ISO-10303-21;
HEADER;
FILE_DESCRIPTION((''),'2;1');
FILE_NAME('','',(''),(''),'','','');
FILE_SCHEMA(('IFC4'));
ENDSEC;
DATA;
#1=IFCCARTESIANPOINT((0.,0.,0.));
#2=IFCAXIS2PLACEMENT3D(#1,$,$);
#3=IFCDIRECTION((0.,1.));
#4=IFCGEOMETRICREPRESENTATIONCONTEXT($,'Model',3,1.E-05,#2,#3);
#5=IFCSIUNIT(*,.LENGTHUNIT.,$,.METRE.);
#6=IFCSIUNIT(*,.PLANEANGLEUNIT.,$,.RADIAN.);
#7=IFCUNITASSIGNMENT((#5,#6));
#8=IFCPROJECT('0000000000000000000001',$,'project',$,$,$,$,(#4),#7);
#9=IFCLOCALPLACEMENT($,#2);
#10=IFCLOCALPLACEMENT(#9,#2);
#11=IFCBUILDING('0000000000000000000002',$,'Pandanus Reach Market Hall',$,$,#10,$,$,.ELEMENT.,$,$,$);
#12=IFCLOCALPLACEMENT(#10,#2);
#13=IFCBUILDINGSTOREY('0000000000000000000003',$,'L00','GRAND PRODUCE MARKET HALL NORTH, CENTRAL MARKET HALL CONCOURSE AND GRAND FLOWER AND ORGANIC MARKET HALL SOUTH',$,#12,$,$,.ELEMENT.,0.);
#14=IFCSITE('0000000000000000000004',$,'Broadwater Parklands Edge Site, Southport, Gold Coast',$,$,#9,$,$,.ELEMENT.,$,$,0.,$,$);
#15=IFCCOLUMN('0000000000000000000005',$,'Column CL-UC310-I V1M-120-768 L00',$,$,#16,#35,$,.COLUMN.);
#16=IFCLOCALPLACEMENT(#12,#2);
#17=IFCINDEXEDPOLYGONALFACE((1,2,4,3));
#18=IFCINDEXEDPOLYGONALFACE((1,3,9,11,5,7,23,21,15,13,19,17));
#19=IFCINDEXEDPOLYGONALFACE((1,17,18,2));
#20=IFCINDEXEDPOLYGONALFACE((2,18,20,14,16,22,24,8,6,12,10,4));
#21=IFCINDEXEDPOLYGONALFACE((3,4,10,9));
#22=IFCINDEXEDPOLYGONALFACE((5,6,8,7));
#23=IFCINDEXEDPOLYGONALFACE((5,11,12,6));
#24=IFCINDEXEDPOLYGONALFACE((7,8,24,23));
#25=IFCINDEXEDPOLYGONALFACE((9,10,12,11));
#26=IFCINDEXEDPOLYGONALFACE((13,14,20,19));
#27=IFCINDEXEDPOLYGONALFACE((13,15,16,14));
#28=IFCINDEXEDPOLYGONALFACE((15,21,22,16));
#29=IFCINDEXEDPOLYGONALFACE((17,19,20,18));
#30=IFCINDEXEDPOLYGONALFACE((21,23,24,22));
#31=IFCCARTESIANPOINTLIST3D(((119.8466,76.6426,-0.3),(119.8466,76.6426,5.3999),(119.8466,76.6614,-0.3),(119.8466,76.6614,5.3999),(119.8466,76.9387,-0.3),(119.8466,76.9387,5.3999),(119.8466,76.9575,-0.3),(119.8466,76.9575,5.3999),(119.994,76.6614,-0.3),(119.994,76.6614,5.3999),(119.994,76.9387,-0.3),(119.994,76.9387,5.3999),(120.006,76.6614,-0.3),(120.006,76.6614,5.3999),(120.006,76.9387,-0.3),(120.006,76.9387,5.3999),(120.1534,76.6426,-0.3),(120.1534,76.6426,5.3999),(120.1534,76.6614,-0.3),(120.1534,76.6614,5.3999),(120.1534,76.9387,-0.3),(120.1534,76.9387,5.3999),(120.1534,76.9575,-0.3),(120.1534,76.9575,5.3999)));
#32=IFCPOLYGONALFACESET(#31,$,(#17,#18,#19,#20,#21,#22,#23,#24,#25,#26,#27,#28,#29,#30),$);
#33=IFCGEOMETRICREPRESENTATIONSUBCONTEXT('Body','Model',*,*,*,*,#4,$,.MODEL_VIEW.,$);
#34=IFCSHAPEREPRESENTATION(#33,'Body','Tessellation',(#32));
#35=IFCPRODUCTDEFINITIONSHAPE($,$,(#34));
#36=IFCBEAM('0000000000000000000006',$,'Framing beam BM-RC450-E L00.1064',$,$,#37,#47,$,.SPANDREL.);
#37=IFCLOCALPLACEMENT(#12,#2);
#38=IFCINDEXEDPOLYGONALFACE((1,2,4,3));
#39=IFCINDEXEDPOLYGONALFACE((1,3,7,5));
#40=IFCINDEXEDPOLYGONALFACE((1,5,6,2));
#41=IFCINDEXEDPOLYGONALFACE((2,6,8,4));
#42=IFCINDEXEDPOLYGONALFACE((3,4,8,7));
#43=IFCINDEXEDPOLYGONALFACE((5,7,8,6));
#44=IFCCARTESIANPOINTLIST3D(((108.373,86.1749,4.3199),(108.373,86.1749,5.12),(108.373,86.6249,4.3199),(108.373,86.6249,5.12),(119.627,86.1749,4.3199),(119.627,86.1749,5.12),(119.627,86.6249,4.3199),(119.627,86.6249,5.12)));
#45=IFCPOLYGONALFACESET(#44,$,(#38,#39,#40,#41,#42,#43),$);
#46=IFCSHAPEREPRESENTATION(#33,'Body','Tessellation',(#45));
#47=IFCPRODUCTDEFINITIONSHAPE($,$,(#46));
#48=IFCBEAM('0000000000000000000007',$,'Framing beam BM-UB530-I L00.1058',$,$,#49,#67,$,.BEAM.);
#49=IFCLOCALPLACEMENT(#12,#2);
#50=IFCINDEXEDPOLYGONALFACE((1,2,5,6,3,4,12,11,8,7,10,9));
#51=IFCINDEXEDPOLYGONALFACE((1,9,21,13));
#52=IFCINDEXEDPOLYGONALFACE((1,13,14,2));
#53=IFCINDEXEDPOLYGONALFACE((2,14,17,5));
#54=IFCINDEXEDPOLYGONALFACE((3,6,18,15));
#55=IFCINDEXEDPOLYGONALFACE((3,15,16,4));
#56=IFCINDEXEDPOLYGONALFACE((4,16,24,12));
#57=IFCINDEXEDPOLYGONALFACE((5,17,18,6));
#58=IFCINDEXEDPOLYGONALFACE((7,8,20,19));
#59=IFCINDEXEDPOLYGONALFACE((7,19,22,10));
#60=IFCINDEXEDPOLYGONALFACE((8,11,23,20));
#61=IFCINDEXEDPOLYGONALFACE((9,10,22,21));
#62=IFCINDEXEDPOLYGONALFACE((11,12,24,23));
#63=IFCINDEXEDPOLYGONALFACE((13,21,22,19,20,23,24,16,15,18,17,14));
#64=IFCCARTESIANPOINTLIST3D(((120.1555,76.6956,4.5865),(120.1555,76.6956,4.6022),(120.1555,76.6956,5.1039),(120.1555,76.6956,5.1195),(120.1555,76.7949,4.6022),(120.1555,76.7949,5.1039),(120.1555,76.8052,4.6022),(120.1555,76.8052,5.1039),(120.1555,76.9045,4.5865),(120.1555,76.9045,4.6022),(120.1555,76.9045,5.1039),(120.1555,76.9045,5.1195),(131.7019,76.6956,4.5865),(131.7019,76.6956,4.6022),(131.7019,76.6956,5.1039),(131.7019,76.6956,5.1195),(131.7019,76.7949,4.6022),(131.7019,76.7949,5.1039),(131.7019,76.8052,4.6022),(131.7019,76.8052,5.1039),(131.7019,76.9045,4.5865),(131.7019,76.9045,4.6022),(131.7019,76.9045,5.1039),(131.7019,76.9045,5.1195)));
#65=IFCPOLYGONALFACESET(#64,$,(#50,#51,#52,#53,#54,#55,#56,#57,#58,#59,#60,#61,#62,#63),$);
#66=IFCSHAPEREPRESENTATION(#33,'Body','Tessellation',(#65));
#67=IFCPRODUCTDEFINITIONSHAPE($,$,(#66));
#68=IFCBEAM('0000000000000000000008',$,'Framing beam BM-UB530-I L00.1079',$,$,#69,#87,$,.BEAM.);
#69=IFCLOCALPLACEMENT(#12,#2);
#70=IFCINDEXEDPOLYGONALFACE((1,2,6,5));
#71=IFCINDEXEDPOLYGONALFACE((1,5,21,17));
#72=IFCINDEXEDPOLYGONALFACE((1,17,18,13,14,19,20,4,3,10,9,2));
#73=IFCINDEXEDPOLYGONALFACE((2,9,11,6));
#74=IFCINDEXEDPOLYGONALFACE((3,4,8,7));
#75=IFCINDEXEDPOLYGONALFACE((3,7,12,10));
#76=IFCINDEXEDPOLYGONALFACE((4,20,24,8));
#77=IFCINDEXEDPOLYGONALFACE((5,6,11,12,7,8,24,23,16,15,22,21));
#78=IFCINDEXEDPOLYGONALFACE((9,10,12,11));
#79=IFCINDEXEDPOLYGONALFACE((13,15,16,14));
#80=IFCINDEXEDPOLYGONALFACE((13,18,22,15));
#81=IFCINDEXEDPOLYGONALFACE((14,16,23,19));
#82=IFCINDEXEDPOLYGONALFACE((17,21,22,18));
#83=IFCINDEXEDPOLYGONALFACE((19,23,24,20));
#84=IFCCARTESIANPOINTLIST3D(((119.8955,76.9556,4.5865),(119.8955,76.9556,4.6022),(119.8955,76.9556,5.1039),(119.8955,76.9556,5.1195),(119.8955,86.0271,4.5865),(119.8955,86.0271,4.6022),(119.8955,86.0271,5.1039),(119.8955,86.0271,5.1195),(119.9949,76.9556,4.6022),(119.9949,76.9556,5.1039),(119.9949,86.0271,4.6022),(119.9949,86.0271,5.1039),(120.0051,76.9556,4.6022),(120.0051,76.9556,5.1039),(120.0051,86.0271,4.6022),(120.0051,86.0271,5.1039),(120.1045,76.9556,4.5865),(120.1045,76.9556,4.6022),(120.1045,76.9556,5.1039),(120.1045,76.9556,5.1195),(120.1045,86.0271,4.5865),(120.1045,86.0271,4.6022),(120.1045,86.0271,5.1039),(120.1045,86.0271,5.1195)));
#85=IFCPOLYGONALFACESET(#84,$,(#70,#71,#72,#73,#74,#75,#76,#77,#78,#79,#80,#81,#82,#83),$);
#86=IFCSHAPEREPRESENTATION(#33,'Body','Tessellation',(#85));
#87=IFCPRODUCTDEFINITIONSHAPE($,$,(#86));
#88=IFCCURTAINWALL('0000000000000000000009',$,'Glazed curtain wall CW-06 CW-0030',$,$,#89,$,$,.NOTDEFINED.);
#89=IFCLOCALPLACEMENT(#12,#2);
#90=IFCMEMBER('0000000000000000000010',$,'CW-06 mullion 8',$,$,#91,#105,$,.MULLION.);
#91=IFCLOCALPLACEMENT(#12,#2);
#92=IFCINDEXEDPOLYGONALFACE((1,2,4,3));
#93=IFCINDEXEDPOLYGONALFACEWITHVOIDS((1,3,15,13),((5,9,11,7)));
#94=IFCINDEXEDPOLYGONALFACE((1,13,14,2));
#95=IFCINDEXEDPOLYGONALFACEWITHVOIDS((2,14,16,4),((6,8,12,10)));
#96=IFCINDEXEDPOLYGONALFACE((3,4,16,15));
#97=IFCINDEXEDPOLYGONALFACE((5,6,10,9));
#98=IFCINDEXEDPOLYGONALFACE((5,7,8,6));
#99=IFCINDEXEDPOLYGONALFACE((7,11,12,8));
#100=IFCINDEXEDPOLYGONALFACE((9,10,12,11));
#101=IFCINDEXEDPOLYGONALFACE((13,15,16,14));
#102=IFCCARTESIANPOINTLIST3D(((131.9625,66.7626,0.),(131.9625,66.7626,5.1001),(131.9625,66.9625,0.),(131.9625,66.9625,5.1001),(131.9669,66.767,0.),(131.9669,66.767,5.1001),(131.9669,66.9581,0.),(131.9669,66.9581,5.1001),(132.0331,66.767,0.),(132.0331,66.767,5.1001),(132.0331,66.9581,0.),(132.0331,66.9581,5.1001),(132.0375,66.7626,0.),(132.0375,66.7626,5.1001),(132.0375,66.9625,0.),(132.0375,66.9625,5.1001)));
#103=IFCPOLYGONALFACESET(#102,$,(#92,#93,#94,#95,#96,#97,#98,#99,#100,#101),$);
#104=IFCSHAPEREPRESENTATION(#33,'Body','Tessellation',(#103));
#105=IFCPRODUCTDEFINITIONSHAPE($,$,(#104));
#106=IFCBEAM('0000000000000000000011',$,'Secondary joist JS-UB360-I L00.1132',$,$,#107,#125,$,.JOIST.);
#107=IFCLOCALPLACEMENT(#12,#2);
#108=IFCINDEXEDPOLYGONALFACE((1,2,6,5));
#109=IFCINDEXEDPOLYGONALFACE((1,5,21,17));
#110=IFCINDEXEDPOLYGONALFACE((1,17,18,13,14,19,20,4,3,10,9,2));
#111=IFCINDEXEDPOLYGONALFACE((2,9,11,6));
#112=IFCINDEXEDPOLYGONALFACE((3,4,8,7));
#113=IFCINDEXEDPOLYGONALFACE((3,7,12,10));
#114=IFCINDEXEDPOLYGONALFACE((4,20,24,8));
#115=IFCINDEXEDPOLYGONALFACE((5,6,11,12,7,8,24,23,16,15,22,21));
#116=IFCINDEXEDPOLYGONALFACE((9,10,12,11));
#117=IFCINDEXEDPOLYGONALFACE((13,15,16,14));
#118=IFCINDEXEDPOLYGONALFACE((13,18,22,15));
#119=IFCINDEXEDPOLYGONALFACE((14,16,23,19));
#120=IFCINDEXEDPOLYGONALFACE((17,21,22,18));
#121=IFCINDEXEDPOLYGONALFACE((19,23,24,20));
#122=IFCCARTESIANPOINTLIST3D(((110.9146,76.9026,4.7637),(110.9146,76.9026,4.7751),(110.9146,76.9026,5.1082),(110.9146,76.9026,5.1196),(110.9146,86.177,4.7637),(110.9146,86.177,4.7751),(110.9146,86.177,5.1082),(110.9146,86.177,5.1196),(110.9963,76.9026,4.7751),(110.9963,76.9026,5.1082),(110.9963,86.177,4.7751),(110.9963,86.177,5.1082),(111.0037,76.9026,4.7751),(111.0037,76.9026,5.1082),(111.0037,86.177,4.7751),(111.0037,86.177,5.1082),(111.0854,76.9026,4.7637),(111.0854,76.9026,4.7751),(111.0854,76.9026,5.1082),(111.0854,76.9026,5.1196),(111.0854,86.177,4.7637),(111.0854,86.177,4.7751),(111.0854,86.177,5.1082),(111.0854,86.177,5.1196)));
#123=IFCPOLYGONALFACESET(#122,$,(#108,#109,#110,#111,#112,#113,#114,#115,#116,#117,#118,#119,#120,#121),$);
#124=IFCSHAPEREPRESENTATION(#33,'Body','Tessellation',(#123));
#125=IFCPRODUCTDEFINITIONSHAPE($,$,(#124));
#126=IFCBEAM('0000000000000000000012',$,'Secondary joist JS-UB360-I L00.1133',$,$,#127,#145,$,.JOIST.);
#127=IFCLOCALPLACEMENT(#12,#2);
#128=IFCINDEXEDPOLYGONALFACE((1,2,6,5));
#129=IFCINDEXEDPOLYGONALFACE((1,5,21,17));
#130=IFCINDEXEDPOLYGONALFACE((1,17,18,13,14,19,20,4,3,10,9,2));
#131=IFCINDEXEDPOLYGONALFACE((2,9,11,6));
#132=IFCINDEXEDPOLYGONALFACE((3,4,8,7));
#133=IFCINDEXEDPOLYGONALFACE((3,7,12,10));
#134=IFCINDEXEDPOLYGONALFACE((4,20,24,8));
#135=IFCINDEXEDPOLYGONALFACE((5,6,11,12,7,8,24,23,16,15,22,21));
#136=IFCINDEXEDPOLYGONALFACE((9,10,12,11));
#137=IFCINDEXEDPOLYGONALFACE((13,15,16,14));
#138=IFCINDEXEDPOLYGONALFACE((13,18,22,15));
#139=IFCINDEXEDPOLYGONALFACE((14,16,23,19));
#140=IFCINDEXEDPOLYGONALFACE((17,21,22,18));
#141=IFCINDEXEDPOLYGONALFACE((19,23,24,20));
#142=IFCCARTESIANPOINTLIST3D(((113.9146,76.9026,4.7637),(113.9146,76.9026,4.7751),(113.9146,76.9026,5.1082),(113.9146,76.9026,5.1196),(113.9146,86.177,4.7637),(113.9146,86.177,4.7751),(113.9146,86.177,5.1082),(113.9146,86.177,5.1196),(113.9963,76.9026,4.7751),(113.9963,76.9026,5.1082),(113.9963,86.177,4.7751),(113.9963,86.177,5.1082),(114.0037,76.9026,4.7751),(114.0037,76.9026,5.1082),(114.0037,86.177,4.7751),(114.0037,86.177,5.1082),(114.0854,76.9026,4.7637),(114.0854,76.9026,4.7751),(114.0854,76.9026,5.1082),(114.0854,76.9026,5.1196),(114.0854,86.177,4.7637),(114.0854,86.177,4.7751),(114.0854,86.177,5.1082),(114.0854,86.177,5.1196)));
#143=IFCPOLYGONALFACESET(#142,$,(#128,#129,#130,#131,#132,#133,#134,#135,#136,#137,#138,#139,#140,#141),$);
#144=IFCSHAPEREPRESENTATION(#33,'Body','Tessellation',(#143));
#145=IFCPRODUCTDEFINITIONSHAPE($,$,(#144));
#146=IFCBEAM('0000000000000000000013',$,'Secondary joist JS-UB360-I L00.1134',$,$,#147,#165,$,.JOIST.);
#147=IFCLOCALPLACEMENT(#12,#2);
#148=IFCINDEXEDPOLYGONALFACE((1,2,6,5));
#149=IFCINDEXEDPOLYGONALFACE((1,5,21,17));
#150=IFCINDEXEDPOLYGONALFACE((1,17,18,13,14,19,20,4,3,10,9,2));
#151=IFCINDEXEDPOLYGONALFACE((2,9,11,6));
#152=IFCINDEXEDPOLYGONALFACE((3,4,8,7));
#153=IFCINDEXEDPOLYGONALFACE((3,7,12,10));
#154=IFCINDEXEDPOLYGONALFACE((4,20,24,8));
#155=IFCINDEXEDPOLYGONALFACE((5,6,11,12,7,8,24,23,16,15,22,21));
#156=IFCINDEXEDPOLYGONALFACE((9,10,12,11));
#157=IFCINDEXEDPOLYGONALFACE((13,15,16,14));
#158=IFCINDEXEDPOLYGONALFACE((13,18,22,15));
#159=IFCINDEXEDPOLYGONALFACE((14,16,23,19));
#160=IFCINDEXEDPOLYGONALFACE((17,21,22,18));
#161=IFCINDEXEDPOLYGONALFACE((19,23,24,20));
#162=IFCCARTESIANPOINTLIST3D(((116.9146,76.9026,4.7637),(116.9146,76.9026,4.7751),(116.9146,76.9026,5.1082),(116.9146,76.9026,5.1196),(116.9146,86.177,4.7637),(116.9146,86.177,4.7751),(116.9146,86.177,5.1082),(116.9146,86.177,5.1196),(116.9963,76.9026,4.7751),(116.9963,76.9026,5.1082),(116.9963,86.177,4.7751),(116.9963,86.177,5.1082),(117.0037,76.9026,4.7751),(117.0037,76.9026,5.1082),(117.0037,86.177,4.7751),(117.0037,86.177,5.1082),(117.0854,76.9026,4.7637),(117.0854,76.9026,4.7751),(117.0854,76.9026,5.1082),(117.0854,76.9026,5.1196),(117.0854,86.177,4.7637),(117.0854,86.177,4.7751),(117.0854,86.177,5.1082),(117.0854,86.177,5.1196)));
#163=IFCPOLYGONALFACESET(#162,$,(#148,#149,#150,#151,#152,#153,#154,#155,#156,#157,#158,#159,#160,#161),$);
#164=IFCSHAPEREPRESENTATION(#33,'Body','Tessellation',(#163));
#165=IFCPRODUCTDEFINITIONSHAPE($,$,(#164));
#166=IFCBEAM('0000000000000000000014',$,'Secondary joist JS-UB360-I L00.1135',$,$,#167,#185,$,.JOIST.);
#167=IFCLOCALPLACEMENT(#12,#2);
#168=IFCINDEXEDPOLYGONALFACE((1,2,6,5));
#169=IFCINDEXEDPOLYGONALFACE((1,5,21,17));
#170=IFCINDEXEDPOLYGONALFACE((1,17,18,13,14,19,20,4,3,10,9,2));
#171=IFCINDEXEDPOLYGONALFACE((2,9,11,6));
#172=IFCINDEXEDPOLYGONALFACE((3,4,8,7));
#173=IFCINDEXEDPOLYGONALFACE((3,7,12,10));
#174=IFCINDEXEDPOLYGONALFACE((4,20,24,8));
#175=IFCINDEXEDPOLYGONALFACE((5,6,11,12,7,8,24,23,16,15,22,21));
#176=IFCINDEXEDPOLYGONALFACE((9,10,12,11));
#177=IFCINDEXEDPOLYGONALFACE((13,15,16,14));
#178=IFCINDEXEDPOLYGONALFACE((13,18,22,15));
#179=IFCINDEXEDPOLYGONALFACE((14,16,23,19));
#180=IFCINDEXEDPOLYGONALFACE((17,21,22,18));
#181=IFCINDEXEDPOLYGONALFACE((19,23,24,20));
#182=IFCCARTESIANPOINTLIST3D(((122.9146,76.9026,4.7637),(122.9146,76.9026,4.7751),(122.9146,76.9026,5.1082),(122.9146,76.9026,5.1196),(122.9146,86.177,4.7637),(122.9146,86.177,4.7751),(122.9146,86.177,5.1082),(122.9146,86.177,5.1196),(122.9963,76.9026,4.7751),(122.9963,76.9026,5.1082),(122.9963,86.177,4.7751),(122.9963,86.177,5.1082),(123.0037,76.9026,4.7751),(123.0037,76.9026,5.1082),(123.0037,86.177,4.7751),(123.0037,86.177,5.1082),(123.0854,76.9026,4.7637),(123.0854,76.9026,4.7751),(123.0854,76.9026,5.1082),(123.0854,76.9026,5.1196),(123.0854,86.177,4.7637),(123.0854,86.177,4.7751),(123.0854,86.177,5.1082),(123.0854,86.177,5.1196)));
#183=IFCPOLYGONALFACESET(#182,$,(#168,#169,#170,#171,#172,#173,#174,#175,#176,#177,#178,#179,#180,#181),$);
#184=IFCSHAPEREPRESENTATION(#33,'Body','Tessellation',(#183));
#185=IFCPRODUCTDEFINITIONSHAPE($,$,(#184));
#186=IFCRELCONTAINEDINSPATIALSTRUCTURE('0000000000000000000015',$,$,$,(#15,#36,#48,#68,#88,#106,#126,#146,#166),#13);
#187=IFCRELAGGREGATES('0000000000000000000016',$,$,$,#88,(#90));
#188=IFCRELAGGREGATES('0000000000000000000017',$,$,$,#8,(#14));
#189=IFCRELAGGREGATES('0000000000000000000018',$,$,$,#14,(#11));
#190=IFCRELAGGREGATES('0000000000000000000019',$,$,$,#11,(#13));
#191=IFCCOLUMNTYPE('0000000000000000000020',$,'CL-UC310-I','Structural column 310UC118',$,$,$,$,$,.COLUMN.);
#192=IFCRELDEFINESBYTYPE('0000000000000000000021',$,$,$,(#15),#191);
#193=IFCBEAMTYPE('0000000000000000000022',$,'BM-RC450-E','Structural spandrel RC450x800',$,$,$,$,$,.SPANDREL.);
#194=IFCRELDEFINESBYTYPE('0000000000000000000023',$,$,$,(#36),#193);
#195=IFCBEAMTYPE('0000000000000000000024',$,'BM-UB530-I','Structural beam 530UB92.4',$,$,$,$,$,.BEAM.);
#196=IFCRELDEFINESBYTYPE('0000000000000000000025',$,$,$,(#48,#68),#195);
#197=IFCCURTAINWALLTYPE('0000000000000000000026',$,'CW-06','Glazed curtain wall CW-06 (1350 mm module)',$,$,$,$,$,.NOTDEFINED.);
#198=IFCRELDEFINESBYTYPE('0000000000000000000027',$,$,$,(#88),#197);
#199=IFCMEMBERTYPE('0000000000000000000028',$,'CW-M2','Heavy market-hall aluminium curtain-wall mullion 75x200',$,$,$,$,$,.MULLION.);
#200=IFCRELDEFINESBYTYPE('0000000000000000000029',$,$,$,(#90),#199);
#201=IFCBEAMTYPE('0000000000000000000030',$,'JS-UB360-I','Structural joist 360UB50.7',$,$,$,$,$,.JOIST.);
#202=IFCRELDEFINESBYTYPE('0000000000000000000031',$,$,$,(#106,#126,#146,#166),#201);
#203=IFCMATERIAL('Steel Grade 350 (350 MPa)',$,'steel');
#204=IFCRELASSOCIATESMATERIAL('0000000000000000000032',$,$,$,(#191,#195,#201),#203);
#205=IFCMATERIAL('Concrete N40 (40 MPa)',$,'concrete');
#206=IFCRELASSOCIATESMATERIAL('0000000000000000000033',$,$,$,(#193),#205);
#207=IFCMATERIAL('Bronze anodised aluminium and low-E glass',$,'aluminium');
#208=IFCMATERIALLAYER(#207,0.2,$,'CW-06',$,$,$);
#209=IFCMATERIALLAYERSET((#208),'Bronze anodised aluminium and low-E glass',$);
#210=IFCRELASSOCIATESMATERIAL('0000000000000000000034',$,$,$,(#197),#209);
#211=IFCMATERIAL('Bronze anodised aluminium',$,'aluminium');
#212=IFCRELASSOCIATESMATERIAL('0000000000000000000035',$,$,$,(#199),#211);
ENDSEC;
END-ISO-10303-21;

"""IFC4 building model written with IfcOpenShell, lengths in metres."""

from ifc_helpers import new_model, si_unit, direction, frame, origin, origin_2d, place, context, subcontext, project, spatial, rectangle, hollow_rectangle, i_section, extrude, material, layer, layer_set, material_profile, profile_set, type_object, element, aggregate, save


model = new_model("IFC4")

# Units and contexts
model_context = context("Model", 3, precision=1e-05, world=origin(), true_north=direction((0.0, 1.0)))
body_context = subcontext(model_context, "Body", "Model", "MODEL_VIEW")
ifc_project = project(units=[si_unit("LENGTHUNIT", "METRE"), si_unit("PLANEANGLEUNIT", "RADIAN")], contexts=[model_context])

# Site, building, storey
site_placement = place(None, origin())
site = spatial("IfcSite", under=ifc_project, at=site_placement, Name="Broadwater Parklands Edge Site, Southport, Gold Coast", CompositionType="ELEMENT", RefElevation=0.0)
building_placement = place(site_placement, origin())
building = spatial("IfcBuilding", under=site, at=building_placement, Name="Pandanus Reach Market Hall", CompositionType="ELEMENT")
storey_placement = place(building_placement, origin())
storey = spatial("IfcBuildingStorey", under=building, at=storey_placement, Name="L00", Description="GRAND PRODUCE MARKET HALL NORTH, CENTRAL MARKET HALL CONCOURSE AND GRAND FLOWER AND ORGANIC MARKET HALL SOUTH", CompositionType="ELEMENT", Elevation=0.0)

# Shared definitions
ifc_material_1 = material(Name="Concrete N40 (40 MPa)", Category="concrete")

# Column
ifc_material_2 = material(Name="Steel Grade 350 (350 MPa)", Category="steel")
ifc_material_profile_1 = material_profile(ifc_material_2, i_section(OverallWidth=0.3069, OverallDepth=0.3149, WebThickness=0.012, FlangeThickness=0.0188, at=origin_2d()), Name="310UC118", Category="LoadBearing")
ifc_profile_set_1 = profile_set([ifc_material_profile_1], Name="Steel Grade 350 (350 MPa)")
column_type_1 = type_object("IfcColumnType", Name="CL-UC310-I", Description="Structural column 310UC118", PredefinedType="COLUMN", material=ifc_profile_set_1)
column_1_placement = place(storey_placement, frame((120.0, 76.8, -0.3), z_axis=(0.0, 0.0, 1.0), x_axis=(1.0, 0.0, 0.0)))
element("IfcColumn", 1, at=column_1_placement, inside=storey, type_object=column_type_1, Name="Column CL-UC310-I V1M-120-768 L00", PredefinedType="COLUMN", context=body_context, shape_type="SweptSolid", body=[
    extrude(i_section(OverallWidth=0.3069, OverallDepth=0.3149, WebThickness=0.012, FlangeThickness=0.0188, at=origin_2d()), origin(), (0.0, 0.0, 1.0), 5.7),
])

# Beams
ifc_material_profile_2 = material_profile(ifc_material_1, rectangle(XDim=0.45, YDim=0.8, at=origin_2d()), Name="RC450x800", Category="LoadBearing")
ifc_profile_set_2 = profile_set([ifc_material_profile_2], Name="Concrete N40 (40 MPa)")
beam_type_1 = type_object("IfcBeamType", Name="BM-RC450-E", Description="Structural spandrel RC450x800", PredefinedType="SPANDREL", material=ifc_profile_set_2)
beam_1_placement = place(storey_placement, frame((108.373, 86.3999, 4.72), z_axis=(1.0, 0.0, 0.0), x_axis=(0.0, 1.0, 0.0)))
element("IfcBeam", 2, at=beam_1_placement, inside=storey, type_object=beam_type_1, Name="Framing beam BM-RC450-E L00.1064", PredefinedType="SPANDREL", context=body_context, shape_type="SweptSolid", body=[
    extrude(rectangle(XDim=0.45, YDim=0.8, at=origin_2d()), origin(), (0.0, 0.0, 1.0), 11.2539),
])
ifc_material_profile_3 = material_profile(ifc_material_2, i_section(OverallWidth=0.209, OverallDepth=0.533, WebThickness=0.0103, FlangeThickness=0.0156, at=origin_2d()), Name="530UB92.4", Category="LoadBearing")
ifc_profile_set_3 = profile_set([ifc_material_profile_3], Name="Steel Grade 350 (350 MPa)")
beam_type_2 = type_object("IfcBeamType", Name="BM-UB530-I", Description="Structural beam 530UB92.4", PredefinedType="BEAM", material=ifc_profile_set_3)
beam_2_placement = place(storey_placement, frame((120.1555, 76.8, 4.853), z_axis=(1.0, 0.0, 0.0), x_axis=(0.0, 1.0, 0.0)))
element("IfcBeam", 3, at=beam_2_placement, inside=storey, type_object=beam_type_2, Name="Framing beam BM-UB530-I L00.1058", PredefinedType="BEAM", context=body_context, shape_type="SweptSolid", body=[
    extrude(i_section(OverallWidth=0.209, OverallDepth=0.533, WebThickness=0.0103, FlangeThickness=0.0156, at=origin_2d()), origin(), (0.0, 0.0, 1.0), 11.5464),
])
beam_3_placement = place(storey_placement, frame((120.0, 76.9556, 4.853), z_axis=(0.0, 1.0, 0.0), x_axis=(-1.0, 0.0, 0.0)))
element("IfcBeam", 4, at=beam_3_placement, inside=storey, type_object=beam_type_2, Name="Framing beam BM-UB530-I L00.1079", PredefinedType="BEAM", context=body_context, shape_type="SweptSolid", body=[
    extrude(i_section(OverallWidth=0.209, OverallDepth=0.533, WebThickness=0.0103, FlangeThickness=0.0156, at=origin_2d()), origin(), (0.0, 0.0, 1.0), 9.0715),
])

# Curtain wall, member
ifc_material_3 = material(Name="Bronze anodised aluminium and low-E glass", Category="aluminium")
ifc_layer_1 = layer(ifc_material_3, 0.2, Name="CW-06")
ifc_layer_set_1 = layer_set([ifc_layer_1], Name="Bronze anodised aluminium and low-E glass")
curtain_wall_type = type_object("IfcCurtainWallType", Name="CW-06", Description="Glazed curtain wall CW-06 (1350 mm module)", PredefinedType="NOTDEFINED", material=ifc_layer_set_1)
curtain_wall_placement = place(storey_placement, origin())
curtain_wall = element("IfcCurtainWall", 5, at=curtain_wall_placement, inside=storey, type_object=curtain_wall_type, Name="Glazed curtain wall CW-06 CW-0030", PredefinedType="NOTDEFINED")
ifc_material_4 = material(Name="Bronze anodised aluminium", Category="aluminium")
ifc_material_profile_4 = material_profile(ifc_material_4, hollow_rectangle(XDim=0.075, YDim=0.2, WallThickness=0.0044, at=origin_2d()), Name="ALU75x200", Category="LoadBearing")
ifc_profile_set_4 = profile_set([ifc_material_profile_4], Name="Bronze anodised aluminium")
member_type = type_object("IfcMemberType", Name="CW-M2", Description="Heavy market-hall aluminium curtain-wall mullion 75x200", PredefinedType="MULLION", material=ifc_profile_set_4)
member_placement = place(storey_placement, frame((132.0, 66.8625, 0.0), z_axis=(0.0, 0.0, 1.0), x_axis=(-1.0, 0.0, 0.0)))
member = element("IfcMember", 6, at=member_placement, type_object=member_type, Name="CW-06 mullion 8", PredefinedType="MULLION", context=body_context, shape_type="SweptSolid", body=[
    extrude(hollow_rectangle(XDim=0.075, YDim=0.2, WallThickness=0.0044, at=origin_2d()), origin(), (0.0, 0.0, 1.0), 5.1001),
])
aggregate(curtain_wall, [member])

# Beams
ifc_material_profile_5 = material_profile(ifc_material_2, i_section(OverallWidth=0.1709, OverallDepth=0.356, WebThickness=0.0073, FlangeThickness=0.0115, at=origin_2d()), Name="360UB50.7", Category="LoadBearing")
ifc_profile_set_5 = profile_set([ifc_material_profile_5], Name="Steel Grade 350 (350 MPa)")
beam_type_3 = type_object("IfcBeamType", Name="JS-UB360-I", Description="Structural joist 360UB50.7", PredefinedType="JOIST", material=ifc_profile_set_5)
for number, where, z_axis, x_axis, name in (
    (7, (111.0, 76.9026, 4.9417), (0.0, 1.0, 0.0), (-1.0, 0.0, 0.0), "Secondary joist JS-UB360-I L00.1132"),
    (8, (114.0, 76.9026, 4.9417), (0.0, 1.0, 0.0), (-1.0, 0.0, 0.0), "Secondary joist JS-UB360-I L00.1133"),
    (9, (117.0, 76.9026, 4.9417), (0.0, 1.0, 0.0), (-1.0, 0.0, 0.0), "Secondary joist JS-UB360-I L00.1134"),
    (10, (123.0, 76.9026, 4.9417), (0.0, 1.0, 0.0), (-1.0, 0.0, 0.0), "Secondary joist JS-UB360-I L00.1135"),
):
    element("IfcBeam", number, at=place(storey_placement, frame(where, z_axis=z_axis, x_axis=x_axis)), inside=storey, type_object=beam_type_3, Name=name, PredefinedType="JOIST", context=body_context, shape_type="SweptSolid", body=[
        extrude(i_section(OverallWidth=0.1709, OverallDepth=0.356, WebThickness=0.0073, FlangeThickness=0.0115, at=origin_2d()), origin(), (0.0, 0.0, 1.0), 9.2744),
    ])

save(model, "model.ifc")
